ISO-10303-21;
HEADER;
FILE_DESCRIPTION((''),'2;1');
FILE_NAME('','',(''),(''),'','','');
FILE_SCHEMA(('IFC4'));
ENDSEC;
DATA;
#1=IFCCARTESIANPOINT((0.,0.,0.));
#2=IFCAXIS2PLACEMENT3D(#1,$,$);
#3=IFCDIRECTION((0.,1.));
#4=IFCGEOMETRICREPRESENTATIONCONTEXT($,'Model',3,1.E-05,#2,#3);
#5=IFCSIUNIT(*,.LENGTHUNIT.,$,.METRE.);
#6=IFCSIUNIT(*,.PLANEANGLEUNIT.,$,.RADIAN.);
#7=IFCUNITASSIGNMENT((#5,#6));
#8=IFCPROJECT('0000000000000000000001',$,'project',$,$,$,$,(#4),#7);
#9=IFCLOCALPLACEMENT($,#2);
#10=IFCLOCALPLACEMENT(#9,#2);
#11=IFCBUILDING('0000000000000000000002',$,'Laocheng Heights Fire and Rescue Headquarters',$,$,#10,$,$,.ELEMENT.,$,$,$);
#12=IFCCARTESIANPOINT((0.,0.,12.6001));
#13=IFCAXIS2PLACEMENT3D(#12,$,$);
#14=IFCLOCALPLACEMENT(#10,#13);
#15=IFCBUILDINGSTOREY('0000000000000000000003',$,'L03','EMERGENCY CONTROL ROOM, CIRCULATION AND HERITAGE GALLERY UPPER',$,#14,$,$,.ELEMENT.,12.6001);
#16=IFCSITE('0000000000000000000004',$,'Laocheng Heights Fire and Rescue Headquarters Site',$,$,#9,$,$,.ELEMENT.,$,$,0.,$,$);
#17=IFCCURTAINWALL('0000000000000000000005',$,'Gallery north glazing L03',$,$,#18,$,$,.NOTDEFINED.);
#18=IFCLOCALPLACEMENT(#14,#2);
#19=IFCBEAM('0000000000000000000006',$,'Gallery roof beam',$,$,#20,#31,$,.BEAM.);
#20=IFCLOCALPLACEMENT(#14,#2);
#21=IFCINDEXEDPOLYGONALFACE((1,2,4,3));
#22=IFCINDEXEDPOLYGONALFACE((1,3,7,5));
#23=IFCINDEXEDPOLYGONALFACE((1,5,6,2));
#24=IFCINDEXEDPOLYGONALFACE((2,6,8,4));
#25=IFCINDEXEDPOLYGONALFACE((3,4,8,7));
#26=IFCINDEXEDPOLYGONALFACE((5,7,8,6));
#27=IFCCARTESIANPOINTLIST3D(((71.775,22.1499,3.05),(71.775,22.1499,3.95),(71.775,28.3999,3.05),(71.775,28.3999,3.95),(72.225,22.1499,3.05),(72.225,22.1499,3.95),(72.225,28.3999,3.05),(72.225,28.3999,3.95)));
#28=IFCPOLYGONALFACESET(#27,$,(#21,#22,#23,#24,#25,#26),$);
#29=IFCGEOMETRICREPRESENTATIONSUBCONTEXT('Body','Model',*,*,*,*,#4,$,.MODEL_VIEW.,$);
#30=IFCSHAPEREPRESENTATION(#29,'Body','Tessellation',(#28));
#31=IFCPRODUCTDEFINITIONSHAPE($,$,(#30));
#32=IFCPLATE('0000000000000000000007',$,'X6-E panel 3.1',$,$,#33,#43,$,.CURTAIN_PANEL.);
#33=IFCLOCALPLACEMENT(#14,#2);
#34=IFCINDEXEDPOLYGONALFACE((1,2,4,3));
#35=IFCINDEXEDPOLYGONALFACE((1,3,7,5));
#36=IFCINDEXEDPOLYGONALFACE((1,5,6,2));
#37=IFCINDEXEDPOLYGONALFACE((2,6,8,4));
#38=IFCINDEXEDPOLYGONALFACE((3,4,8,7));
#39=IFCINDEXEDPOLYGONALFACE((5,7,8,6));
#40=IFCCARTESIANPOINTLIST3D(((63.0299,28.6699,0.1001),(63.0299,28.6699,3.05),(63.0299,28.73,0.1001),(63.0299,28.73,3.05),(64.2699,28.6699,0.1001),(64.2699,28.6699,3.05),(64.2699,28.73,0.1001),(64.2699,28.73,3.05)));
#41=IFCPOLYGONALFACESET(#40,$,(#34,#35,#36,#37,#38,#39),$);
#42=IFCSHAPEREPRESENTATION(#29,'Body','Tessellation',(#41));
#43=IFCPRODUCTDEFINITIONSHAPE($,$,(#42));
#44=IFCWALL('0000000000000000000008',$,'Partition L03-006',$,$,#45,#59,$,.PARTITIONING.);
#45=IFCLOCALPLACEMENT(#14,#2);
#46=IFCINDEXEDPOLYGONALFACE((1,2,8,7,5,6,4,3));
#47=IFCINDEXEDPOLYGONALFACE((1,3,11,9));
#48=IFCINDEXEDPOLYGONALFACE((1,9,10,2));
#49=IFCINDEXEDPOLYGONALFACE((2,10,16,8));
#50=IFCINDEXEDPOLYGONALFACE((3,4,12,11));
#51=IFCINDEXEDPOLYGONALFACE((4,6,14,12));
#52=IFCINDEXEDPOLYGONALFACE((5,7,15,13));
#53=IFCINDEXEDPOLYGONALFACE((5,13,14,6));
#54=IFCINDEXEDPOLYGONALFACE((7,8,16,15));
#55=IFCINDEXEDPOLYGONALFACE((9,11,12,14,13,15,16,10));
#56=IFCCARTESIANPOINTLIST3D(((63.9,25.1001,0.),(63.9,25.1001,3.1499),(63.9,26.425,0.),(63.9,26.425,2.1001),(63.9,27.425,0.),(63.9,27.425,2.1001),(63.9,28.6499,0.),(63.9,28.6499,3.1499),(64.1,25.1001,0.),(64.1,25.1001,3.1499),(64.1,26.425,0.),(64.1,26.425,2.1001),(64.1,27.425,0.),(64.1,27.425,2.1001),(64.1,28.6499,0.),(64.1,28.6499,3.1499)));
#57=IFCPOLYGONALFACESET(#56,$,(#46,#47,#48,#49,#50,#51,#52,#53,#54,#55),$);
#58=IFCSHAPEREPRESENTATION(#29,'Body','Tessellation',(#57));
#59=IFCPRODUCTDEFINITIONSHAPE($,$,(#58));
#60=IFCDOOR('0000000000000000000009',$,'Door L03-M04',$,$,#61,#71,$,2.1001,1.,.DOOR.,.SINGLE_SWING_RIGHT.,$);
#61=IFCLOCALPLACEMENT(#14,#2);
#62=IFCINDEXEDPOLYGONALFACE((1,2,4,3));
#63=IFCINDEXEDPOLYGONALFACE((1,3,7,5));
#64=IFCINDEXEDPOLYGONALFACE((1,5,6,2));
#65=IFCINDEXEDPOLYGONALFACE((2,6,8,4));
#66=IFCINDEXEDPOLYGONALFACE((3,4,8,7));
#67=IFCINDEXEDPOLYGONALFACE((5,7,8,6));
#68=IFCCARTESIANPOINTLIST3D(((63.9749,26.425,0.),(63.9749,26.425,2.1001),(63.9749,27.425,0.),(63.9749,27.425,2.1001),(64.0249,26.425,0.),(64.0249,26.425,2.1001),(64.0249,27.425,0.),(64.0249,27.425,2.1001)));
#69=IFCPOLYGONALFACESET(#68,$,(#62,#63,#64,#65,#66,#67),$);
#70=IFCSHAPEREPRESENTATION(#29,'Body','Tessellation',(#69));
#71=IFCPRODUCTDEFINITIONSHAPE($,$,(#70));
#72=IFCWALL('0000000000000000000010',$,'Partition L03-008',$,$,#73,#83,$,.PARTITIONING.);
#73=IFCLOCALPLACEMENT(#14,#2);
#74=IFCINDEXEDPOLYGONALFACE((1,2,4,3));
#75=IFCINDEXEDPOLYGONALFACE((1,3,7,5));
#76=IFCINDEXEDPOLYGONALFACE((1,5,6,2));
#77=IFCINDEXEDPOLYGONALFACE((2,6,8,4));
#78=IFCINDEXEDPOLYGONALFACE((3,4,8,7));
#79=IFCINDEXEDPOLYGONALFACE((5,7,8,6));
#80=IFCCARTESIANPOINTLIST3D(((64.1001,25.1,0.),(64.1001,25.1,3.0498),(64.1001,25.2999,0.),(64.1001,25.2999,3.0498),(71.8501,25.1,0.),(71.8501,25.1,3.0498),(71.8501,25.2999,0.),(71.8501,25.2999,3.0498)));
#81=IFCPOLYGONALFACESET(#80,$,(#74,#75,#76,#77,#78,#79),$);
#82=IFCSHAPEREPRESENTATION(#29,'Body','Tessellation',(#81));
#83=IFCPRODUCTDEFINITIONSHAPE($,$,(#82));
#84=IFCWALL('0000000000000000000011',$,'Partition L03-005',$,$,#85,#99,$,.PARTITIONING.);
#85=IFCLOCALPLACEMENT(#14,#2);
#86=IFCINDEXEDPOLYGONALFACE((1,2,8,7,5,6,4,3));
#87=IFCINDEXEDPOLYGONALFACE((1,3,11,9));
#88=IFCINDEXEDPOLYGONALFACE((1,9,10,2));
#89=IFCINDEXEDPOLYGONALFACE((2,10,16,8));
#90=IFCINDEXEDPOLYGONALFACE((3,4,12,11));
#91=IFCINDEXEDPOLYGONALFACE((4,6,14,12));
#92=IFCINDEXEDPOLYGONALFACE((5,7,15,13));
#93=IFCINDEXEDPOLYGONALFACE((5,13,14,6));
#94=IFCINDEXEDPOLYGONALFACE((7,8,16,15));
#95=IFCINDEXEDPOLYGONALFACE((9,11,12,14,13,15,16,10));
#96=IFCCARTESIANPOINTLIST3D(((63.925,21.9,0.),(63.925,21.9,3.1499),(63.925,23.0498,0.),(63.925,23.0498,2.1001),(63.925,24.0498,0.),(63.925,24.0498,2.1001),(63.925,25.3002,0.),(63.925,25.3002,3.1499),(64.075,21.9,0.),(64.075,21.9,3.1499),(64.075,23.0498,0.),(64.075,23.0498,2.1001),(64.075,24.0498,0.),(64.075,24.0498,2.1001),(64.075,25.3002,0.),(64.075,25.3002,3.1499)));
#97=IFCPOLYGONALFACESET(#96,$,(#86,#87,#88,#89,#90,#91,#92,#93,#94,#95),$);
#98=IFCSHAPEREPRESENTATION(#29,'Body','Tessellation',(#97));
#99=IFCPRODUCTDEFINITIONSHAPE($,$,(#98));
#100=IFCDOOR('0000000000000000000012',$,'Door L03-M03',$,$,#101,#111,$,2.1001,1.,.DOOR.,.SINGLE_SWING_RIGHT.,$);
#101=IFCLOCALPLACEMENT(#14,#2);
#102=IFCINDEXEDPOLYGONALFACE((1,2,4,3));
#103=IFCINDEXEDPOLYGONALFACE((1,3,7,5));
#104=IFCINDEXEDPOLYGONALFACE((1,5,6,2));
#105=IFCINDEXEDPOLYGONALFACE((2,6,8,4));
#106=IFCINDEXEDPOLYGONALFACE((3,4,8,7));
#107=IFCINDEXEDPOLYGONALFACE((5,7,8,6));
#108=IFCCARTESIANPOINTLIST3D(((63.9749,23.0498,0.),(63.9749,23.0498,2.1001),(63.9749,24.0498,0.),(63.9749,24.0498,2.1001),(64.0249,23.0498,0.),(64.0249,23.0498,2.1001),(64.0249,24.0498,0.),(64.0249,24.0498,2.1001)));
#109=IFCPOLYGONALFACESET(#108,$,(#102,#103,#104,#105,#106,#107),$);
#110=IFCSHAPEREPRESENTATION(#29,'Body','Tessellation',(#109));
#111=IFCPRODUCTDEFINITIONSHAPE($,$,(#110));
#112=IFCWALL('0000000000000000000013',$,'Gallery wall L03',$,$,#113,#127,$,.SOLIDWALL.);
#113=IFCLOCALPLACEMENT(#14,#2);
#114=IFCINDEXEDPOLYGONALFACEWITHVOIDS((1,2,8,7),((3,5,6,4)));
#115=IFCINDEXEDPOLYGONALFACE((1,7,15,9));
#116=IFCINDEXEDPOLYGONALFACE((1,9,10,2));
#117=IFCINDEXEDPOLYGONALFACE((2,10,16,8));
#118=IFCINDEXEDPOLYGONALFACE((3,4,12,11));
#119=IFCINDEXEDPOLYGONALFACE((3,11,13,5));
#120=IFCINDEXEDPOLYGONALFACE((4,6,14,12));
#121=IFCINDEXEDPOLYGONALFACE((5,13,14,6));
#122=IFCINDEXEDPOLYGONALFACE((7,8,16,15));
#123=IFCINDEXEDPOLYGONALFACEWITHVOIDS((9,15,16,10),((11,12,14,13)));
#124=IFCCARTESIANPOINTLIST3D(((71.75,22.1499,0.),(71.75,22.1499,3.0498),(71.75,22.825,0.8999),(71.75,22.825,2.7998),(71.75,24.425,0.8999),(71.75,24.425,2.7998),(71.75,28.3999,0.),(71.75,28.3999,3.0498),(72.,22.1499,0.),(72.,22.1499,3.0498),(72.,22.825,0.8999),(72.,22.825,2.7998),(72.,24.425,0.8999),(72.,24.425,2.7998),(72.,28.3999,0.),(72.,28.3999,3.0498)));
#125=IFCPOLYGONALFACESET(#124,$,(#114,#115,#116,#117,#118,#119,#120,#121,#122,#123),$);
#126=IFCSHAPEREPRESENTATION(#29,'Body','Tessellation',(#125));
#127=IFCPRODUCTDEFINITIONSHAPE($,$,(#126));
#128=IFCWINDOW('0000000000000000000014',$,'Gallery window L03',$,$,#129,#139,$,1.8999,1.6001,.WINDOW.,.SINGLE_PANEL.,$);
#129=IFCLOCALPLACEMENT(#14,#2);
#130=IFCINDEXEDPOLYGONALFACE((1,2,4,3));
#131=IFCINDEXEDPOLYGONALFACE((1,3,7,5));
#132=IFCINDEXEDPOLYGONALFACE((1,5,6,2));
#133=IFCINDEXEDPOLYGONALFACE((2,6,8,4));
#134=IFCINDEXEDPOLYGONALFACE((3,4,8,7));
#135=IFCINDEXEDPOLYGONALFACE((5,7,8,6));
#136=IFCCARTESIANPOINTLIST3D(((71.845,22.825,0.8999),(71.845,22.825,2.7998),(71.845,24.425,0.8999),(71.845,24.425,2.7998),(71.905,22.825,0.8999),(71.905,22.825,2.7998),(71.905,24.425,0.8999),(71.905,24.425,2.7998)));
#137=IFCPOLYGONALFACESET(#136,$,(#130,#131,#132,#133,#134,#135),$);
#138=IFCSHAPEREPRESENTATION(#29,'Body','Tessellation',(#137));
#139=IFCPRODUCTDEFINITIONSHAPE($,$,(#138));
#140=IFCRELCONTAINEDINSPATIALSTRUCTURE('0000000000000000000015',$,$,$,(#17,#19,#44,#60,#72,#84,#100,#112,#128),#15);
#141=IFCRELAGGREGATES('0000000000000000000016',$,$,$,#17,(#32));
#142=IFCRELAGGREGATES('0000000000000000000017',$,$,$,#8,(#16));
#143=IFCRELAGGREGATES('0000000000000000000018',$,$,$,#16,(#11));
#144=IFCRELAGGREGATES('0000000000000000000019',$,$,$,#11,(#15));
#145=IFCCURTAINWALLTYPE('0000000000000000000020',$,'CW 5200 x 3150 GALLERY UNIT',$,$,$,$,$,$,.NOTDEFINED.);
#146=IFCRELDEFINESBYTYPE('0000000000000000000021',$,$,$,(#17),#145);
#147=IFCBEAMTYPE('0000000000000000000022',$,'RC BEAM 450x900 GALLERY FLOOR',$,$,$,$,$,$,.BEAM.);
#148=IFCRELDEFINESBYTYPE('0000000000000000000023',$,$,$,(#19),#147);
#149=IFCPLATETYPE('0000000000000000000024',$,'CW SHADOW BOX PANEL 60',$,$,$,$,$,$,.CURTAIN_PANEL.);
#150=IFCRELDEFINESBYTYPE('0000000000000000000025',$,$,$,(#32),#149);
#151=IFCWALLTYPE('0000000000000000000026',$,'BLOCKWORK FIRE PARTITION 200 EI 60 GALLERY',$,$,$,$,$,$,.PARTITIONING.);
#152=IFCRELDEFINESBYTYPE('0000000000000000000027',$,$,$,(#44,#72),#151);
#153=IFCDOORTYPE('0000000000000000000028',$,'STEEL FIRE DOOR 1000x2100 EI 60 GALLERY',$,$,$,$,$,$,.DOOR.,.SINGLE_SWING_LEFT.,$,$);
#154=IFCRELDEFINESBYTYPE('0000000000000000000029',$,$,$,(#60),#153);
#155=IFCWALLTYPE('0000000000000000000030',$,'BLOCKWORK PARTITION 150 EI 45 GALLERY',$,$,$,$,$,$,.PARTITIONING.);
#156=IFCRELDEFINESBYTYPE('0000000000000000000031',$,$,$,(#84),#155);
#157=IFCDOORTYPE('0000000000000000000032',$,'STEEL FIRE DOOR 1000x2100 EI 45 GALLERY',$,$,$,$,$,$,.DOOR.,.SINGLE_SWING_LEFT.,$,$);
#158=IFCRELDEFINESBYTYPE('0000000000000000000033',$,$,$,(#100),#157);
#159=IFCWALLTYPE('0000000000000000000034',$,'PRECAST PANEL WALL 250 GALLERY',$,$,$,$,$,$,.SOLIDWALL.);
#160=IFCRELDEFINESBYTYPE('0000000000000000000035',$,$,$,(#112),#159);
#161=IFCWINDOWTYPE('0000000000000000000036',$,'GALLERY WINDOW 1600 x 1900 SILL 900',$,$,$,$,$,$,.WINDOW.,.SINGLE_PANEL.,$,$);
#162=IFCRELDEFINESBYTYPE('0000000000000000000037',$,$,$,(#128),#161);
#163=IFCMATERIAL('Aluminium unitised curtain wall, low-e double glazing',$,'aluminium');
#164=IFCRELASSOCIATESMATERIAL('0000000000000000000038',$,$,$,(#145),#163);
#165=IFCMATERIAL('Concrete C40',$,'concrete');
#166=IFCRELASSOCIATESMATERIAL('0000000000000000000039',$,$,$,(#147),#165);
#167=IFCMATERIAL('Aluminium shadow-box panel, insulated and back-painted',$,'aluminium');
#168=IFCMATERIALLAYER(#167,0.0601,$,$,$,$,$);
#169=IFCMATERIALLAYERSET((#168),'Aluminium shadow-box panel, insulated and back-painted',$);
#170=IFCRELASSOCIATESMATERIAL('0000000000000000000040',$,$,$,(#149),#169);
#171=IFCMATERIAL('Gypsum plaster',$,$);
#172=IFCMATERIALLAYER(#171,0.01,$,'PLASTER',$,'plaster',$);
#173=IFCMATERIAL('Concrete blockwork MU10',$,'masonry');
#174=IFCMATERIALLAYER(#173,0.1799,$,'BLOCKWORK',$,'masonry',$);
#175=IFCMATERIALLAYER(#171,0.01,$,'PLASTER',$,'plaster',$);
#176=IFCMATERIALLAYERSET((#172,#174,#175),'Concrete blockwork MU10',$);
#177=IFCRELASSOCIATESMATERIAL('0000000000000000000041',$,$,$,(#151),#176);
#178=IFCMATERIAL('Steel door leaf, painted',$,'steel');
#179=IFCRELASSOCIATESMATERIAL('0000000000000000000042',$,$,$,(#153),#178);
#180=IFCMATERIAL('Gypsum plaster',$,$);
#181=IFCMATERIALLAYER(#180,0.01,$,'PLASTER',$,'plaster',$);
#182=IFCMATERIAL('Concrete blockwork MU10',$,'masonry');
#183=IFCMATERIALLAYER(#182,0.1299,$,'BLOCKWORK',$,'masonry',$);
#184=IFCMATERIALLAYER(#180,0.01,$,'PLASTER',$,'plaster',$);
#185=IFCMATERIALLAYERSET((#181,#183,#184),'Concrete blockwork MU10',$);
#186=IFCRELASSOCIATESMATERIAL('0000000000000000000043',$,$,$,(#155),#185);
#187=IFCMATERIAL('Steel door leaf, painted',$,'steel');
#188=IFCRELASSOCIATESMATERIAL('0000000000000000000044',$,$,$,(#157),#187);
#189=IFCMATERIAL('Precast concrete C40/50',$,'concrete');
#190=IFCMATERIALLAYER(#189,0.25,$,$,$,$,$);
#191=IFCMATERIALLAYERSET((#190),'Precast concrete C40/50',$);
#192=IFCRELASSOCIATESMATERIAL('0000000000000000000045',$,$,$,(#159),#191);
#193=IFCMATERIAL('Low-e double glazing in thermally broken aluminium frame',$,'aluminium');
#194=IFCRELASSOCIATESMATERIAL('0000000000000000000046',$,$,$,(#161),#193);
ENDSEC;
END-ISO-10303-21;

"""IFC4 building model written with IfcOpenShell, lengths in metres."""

from ifc_helpers import new_model, si_unit, direction, frame, frame_2d, origin, origin_2d, place, context, subcontext, project, spatial, rectangle, extrude, material, layer, layer_set, material_profile, profile_set, type_object, element, fill, aggregate, save


model = new_model("IFC4")

# Units and contexts
model_context = context("Model", 3, precision=1e-05, world=origin(), true_north=direction((0.0, 1.0)))
body_context = subcontext(model_context, "Body", "Model", "MODEL_VIEW")
ifc_project = project(units=[si_unit("LENGTHUNIT", "METRE"), si_unit("PLANEANGLEUNIT", "RADIAN")], contexts=[model_context])

# Site, building, storey
site_placement = place(None, origin())
site = spatial("IfcSite", under=ifc_project, at=site_placement, Name="Laocheng Heights Fire and Rescue Headquarters Site", CompositionType="ELEMENT", RefElevation=0.0)
building_placement = place(site_placement, origin())
building = spatial("IfcBuilding", under=site, at=building_placement, Name="Laocheng Heights Fire and Rescue Headquarters", CompositionType="ELEMENT")
storey_placement = place(building_placement, frame((0.0, 0.0, 12.6001)))
storey = spatial("IfcBuildingStorey", under=building, at=storey_placement, Name="L03", Description="EMERGENCY CONTROL ROOM, CIRCULATION AND HERITAGE GALLERY UPPER", CompositionType="ELEMENT", Elevation=12.6001)

# Curtain wall
ifc_material_1 = material(Name="Aluminium unitised curtain wall, low-e double glazing", Category="aluminium")
curtain_wall_type = type_object("IfcCurtainWallType", Name="CW 5200 x 3150 GALLERY UNIT", PredefinedType="NOTDEFINED", material=ifc_material_1)
curtain_wall_placement = place(storey_placement, origin())
curtain_wall = element("IfcCurtainWall", 1, at=curtain_wall_placement, inside=storey, type_object=curtain_wall_type, Name="Gallery north glazing L03", PredefinedType="NOTDEFINED")

# Beam
ifc_material_2 = material(Name="Concrete C40", Category="concrete")
ifc_material_profile_1 = material_profile(ifc_material_2, rectangle(XDim=0.45, YDim=0.8999, at=origin_2d()), Name="RC BEAM 450x900 GALLERY FLOOR")
ifc_profile_set_1 = profile_set([ifc_material_profile_1], Name="Concrete C40")
beam_type_1 = type_object("IfcBeamType", Name="RC BEAM 450x900 GALLERY FLOOR", PredefinedType="BEAM", material=ifc_profile_set_1)
beam_1_placement = place(storey_placement, frame((72.0, 22.1499, 3.5), z_axis=(0.0, 1.0, 0.0), x_axis=(-1.0, 0.0, 0.0)))
element("IfcBeam", 2, at=beam_1_placement, inside=storey, type_object=beam_type_1, Name="Gallery roof beam", PredefinedType="BEAM", context=body_context, shape_type="SweptSolid", body=[
    extrude(rectangle(XDim=0.45, YDim=0.8999, at=origin_2d()), origin(), (0.0, 0.0, 1.0), 6.25),
])

# Plate
ifc_material_3 = material(Name="Aluminium shadow-box panel, insulated and back-painted", Category="aluminium")
ifc_layer_1 = layer(ifc_material_3, 0.0601)
ifc_layer_set_1 = layer_set([ifc_layer_1], Name="Aluminium shadow-box panel, insulated and back-painted")
plate_type = type_object("IfcPlateType", Name="CW SHADOW BOX PANEL 60", PredefinedType="CURTAIN_PANEL", material=ifc_layer_set_1)
plate_placement = place(storey_placement, frame((63.6499, 28.7, 0.1001), z_axis=(0.0, 0.0, 1.0), x_axis=(1.0, 0.0, 0.0)))
plate = element("IfcPlate", 3, at=plate_placement, type_object=plate_type, Name="X6-E panel 3.1", PredefinedType="CURTAIN_PANEL", context=body_context, shape_type="SweptSolid", body=[
    extrude(rectangle(XDim=1.24, YDim=0.0601, at=origin_2d()), origin(), (0.0, 0.0, 1.0), 2.95),
])
aggregate(curtain_wall, [plate])

# Wall, opening, door
ifc_material_4 = material(Name="Gypsum plaster")
ifc_layer_2 = layer(ifc_material_4, 0.01, Name="PLASTER", Category="plaster")
ifc_material_5 = material(Name="Concrete blockwork MU10", Category="masonry")
ifc_layer_3 = layer(ifc_material_5, 0.1799, Name="BLOCKWORK", Category="masonry")
ifc_layer_4 = layer(ifc_material_4, 0.01, Name="PLASTER", Category="plaster")
ifc_layer_set_2 = layer_set([ifc_layer_2, ifc_layer_3, ifc_layer_4], Name="Concrete blockwork MU10")
wall_type_1 = type_object("IfcWallType", Name="BLOCKWORK FIRE PARTITION 200 EI 60 GALLERY", PredefinedType="PARTITIONING", material=ifc_layer_set_2)
wall_1_placement = place(storey_placement, frame((64.0, 25.1001, 0.0), z_axis=(0.0, 0.0, 1.0), x_axis=(0.0, 1.0, 0.0)))
wall_1 = element("IfcWall", 4, at=wall_1_placement, inside=storey, type_object=wall_type_1, Name="Partition L03-006", PredefinedType="PARTITIONING", context=body_context, shape_type="SweptSolid", body=[
    extrude(rectangle(XDim=3.5498, YDim=0.2, at=frame_2d((1.7749, 0.0))), origin(), (0.0, 0.0, 1.0), 3.1499),
])
opening_1_placement = place(wall_1_placement, frame((1.325, 0.0, 0.0)))
opening_1 = element("IfcOpeningElement", 5, at=opening_1_placement, cuts=wall_1, PredefinedType="OPENING", context=body_context, shape_type="SweptSolid", body=[
    extrude(rectangle(XDim=1.0, YDim=2.1001, at=frame_2d((0.5, 1.05))), frame((0.0, 0.1099, 0.0), z_axis=(0.0, -1.0, 0.0), x_axis=(1.0, 0.0, 0.0)), (0.0, 0.0, 1.0), 0.22),
])
ifc_material_6 = material(Name="Steel door leaf, painted", Category="steel")
door_type_1 = type_object("IfcDoorType", Name="STEEL FIRE DOOR 1000x2100 EI 60 GALLERY", OperationType="SINGLE_SWING_LEFT", PredefinedType="DOOR", material=ifc_material_6)
door_1_placement = place(opening_1_placement, frame((1.0, 0.0, 0.0), z_axis=(0.0, 0.0, 1.0), x_axis=(-1.0, 0.0, 0.0)))
door_1 = element("IfcDoor", 6, at=door_1_placement, inside=storey, type_object=door_type_1, Name="Door L03-M04", OperationType="SINGLE_SWING_RIGHT", OverallHeight=2.1001, OverallWidth=1.0, PredefinedType="DOOR", context=body_context, shape_type="SweptSolid", body=[
    extrude(rectangle(XDim=1.0, YDim=2.1001, at=frame_2d((0.5, 1.05))), frame((0.0, 0.0249, 0.0), z_axis=(0.0, -1.0, 0.0), x_axis=(1.0, 0.0, 0.0)), (0.0, 0.0, 1.0), 0.05),
])
fill(opening_1, door_1)

# Wall
wall_2_placement = place(storey_placement, frame((64.1001, 25.2, 0.0), z_axis=(0.0, 0.0, 1.0), x_axis=(1.0, 0.0, 0.0)))
element("IfcWall", 7, at=wall_2_placement, inside=storey, type_object=wall_type_1, Name="Partition L03-008", PredefinedType="PARTITIONING", context=body_context, shape_type="SweptSolid", body=[
    extrude(rectangle(XDim=7.75, YDim=0.2, at=frame_2d((3.875, 0.0))), origin(), (0.0, 0.0, 1.0), 3.0498),
])

# Wall, opening, door
ifc_material_7 = material(Name="Gypsum plaster")
ifc_layer_5 = layer(ifc_material_7, 0.01, Name="PLASTER", Category="plaster")
ifc_material_8 = material(Name="Concrete blockwork MU10", Category="masonry")
ifc_layer_6 = layer(ifc_material_8, 0.1299, Name="BLOCKWORK", Category="masonry")
ifc_layer_7 = layer(ifc_material_7, 0.01, Name="PLASTER", Category="plaster")
ifc_layer_set_3 = layer_set([ifc_layer_5, ifc_layer_6, ifc_layer_7], Name="Concrete blockwork MU10")
wall_type_2 = type_object("IfcWallType", Name="BLOCKWORK PARTITION 150 EI 45 GALLERY", PredefinedType="PARTITIONING", material=ifc_layer_set_3)
wall_3_placement = place(storey_placement, frame((64.0, 21.8999, 0.0), z_axis=(0.0, 0.0, 1.0), x_axis=(0.0, 1.0, 0.0)))
wall_3 = element("IfcWall", 8, at=wall_3_placement, inside=storey, type_object=wall_type_2, Name="Partition L03-005", PredefinedType="PARTITIONING", context=body_context, shape_type="SweptSolid", body=[
    extrude(rectangle(XDim=3.4001, YDim=0.1499, at=frame_2d((1.7002, 0.0))), origin(), (0.0, 0.0, 1.0), 3.1499),
])
opening_2_placement = place(wall_3_placement, frame((1.1499, 0.0, 0.0)))
opening_2 = element("IfcOpeningElement", 9, at=opening_2_placement, cuts=wall_3, PredefinedType="OPENING", context=body_context, shape_type="SweptSolid", body=[
    extrude(rectangle(XDim=1.0, YDim=2.1001, at=frame_2d((0.5, 1.05))), frame((0.0, 0.085, 0.0), z_axis=(0.0, -1.0, 0.0), x_axis=(1.0, 0.0, 0.0)), (0.0, 0.0, 1.0), 0.1699),
])
ifc_material_9 = material(Name="Steel door leaf, painted", Category="steel")
door_type_2 = type_object("IfcDoorType", Name="STEEL FIRE DOOR 1000x2100 EI 45 GALLERY", OperationType="SINGLE_SWING_LEFT", PredefinedType="DOOR", material=ifc_material_9)
door_2_placement = place(opening_2_placement, frame((1.0, 0.0, 0.0), z_axis=(0.0, 0.0, 1.0), x_axis=(-1.0, 0.0, 0.0)))
door_2 = element("IfcDoor", 10, at=door_2_placement, inside=storey, type_object=door_type_2, Name="Door L03-M03", OperationType="SINGLE_SWING_RIGHT", OverallHeight=2.1001, OverallWidth=1.0, PredefinedType="DOOR", context=body_context, shape_type="SweptSolid", body=[
    extrude(rectangle(XDim=1.0, YDim=2.1001, at=frame_2d((0.5, 1.05))), frame((0.0, 0.0249, 0.0), z_axis=(0.0, -1.0, 0.0), x_axis=(1.0, 0.0, 0.0)), (0.0, 0.0, 1.0), 0.05),
])
fill(opening_2, door_2)

# Wall, opening, window
ifc_material_10 = material(Name="Precast concrete C40/50", Category="concrete")
ifc_layer_8 = layer(ifc_material_10, 0.25)
ifc_layer_set_4 = layer_set([ifc_layer_8], Name="Precast concrete C40/50")
wall_type_3 = type_object("IfcWallType", Name="PRECAST PANEL WALL 250 GALLERY", PredefinedType="SOLIDWALL", material=ifc_layer_set_4)
wall_4_placement = place(storey_placement, frame((71.875, 22.1499, 0.0), z_axis=(0.0, 0.0, 1.0), x_axis=(0.0, 1.0, 0.0)))
wall_4 = element("IfcWall", 11, at=wall_4_placement, inside=storey, type_object=wall_type_3, Name="Gallery wall L03", PredefinedType="SOLIDWALL", context=body_context, shape_type="SweptSolid", body=[
    extrude(rectangle(XDim=6.25, YDim=0.25, at=frame_2d((3.125, 0.0))), origin(), (0.0, 0.0, 1.0), 3.0498),
])
opening_3_placement = place(wall_4_placement, frame((0.675, 0.0, 0.8999)))
opening_3 = element("IfcOpeningElement", 12, at=opening_3_placement, cuts=wall_4, PredefinedType="OPENING", context=body_context, shape_type="SweptSolid", body=[
    extrude(rectangle(XDim=1.6001, YDim=1.8999, at=frame_2d((0.8, 0.95))), frame((0.0, 0.135, 0.0), z_axis=(0.0, -1.0, 0.0), x_axis=(1.0, 0.0, 0.0)), (0.0, 0.0, 1.0), 0.27),
])
ifc_material_11 = material(Name="Low-e double glazing in thermally broken aluminium frame", Category="aluminium")
window_type = type_object("IfcWindowType", Name="GALLERY WINDOW 1600 x 1900 SILL 900", PartitioningType="SINGLE_PANEL", PredefinedType="WINDOW", material=ifc_material_11)
window_1_placement = place(opening_3_placement, origin())
window_1 = element("IfcWindow", 13, at=window_1_placement, inside=storey, type_object=window_type, Name="Gallery window L03", OverallHeight=1.8999, OverallWidth=1.6001, PartitioningType="SINGLE_PANEL", PredefinedType="WINDOW", context=body_context, shape_type="SweptSolid", body=[
    extrude(rectangle(XDim=1.6001, YDim=1.8999, at=frame_2d((0.8, 0.95))), frame((0.0, 0.03, 0.0), z_axis=(0.0, -1.0, 0.0), x_axis=(1.0, 0.0, 0.0)), (0.0, 0.0, 1.0), 0.0601),
])
fill(opening_3, window_1)

save(model, "model.ifc")
